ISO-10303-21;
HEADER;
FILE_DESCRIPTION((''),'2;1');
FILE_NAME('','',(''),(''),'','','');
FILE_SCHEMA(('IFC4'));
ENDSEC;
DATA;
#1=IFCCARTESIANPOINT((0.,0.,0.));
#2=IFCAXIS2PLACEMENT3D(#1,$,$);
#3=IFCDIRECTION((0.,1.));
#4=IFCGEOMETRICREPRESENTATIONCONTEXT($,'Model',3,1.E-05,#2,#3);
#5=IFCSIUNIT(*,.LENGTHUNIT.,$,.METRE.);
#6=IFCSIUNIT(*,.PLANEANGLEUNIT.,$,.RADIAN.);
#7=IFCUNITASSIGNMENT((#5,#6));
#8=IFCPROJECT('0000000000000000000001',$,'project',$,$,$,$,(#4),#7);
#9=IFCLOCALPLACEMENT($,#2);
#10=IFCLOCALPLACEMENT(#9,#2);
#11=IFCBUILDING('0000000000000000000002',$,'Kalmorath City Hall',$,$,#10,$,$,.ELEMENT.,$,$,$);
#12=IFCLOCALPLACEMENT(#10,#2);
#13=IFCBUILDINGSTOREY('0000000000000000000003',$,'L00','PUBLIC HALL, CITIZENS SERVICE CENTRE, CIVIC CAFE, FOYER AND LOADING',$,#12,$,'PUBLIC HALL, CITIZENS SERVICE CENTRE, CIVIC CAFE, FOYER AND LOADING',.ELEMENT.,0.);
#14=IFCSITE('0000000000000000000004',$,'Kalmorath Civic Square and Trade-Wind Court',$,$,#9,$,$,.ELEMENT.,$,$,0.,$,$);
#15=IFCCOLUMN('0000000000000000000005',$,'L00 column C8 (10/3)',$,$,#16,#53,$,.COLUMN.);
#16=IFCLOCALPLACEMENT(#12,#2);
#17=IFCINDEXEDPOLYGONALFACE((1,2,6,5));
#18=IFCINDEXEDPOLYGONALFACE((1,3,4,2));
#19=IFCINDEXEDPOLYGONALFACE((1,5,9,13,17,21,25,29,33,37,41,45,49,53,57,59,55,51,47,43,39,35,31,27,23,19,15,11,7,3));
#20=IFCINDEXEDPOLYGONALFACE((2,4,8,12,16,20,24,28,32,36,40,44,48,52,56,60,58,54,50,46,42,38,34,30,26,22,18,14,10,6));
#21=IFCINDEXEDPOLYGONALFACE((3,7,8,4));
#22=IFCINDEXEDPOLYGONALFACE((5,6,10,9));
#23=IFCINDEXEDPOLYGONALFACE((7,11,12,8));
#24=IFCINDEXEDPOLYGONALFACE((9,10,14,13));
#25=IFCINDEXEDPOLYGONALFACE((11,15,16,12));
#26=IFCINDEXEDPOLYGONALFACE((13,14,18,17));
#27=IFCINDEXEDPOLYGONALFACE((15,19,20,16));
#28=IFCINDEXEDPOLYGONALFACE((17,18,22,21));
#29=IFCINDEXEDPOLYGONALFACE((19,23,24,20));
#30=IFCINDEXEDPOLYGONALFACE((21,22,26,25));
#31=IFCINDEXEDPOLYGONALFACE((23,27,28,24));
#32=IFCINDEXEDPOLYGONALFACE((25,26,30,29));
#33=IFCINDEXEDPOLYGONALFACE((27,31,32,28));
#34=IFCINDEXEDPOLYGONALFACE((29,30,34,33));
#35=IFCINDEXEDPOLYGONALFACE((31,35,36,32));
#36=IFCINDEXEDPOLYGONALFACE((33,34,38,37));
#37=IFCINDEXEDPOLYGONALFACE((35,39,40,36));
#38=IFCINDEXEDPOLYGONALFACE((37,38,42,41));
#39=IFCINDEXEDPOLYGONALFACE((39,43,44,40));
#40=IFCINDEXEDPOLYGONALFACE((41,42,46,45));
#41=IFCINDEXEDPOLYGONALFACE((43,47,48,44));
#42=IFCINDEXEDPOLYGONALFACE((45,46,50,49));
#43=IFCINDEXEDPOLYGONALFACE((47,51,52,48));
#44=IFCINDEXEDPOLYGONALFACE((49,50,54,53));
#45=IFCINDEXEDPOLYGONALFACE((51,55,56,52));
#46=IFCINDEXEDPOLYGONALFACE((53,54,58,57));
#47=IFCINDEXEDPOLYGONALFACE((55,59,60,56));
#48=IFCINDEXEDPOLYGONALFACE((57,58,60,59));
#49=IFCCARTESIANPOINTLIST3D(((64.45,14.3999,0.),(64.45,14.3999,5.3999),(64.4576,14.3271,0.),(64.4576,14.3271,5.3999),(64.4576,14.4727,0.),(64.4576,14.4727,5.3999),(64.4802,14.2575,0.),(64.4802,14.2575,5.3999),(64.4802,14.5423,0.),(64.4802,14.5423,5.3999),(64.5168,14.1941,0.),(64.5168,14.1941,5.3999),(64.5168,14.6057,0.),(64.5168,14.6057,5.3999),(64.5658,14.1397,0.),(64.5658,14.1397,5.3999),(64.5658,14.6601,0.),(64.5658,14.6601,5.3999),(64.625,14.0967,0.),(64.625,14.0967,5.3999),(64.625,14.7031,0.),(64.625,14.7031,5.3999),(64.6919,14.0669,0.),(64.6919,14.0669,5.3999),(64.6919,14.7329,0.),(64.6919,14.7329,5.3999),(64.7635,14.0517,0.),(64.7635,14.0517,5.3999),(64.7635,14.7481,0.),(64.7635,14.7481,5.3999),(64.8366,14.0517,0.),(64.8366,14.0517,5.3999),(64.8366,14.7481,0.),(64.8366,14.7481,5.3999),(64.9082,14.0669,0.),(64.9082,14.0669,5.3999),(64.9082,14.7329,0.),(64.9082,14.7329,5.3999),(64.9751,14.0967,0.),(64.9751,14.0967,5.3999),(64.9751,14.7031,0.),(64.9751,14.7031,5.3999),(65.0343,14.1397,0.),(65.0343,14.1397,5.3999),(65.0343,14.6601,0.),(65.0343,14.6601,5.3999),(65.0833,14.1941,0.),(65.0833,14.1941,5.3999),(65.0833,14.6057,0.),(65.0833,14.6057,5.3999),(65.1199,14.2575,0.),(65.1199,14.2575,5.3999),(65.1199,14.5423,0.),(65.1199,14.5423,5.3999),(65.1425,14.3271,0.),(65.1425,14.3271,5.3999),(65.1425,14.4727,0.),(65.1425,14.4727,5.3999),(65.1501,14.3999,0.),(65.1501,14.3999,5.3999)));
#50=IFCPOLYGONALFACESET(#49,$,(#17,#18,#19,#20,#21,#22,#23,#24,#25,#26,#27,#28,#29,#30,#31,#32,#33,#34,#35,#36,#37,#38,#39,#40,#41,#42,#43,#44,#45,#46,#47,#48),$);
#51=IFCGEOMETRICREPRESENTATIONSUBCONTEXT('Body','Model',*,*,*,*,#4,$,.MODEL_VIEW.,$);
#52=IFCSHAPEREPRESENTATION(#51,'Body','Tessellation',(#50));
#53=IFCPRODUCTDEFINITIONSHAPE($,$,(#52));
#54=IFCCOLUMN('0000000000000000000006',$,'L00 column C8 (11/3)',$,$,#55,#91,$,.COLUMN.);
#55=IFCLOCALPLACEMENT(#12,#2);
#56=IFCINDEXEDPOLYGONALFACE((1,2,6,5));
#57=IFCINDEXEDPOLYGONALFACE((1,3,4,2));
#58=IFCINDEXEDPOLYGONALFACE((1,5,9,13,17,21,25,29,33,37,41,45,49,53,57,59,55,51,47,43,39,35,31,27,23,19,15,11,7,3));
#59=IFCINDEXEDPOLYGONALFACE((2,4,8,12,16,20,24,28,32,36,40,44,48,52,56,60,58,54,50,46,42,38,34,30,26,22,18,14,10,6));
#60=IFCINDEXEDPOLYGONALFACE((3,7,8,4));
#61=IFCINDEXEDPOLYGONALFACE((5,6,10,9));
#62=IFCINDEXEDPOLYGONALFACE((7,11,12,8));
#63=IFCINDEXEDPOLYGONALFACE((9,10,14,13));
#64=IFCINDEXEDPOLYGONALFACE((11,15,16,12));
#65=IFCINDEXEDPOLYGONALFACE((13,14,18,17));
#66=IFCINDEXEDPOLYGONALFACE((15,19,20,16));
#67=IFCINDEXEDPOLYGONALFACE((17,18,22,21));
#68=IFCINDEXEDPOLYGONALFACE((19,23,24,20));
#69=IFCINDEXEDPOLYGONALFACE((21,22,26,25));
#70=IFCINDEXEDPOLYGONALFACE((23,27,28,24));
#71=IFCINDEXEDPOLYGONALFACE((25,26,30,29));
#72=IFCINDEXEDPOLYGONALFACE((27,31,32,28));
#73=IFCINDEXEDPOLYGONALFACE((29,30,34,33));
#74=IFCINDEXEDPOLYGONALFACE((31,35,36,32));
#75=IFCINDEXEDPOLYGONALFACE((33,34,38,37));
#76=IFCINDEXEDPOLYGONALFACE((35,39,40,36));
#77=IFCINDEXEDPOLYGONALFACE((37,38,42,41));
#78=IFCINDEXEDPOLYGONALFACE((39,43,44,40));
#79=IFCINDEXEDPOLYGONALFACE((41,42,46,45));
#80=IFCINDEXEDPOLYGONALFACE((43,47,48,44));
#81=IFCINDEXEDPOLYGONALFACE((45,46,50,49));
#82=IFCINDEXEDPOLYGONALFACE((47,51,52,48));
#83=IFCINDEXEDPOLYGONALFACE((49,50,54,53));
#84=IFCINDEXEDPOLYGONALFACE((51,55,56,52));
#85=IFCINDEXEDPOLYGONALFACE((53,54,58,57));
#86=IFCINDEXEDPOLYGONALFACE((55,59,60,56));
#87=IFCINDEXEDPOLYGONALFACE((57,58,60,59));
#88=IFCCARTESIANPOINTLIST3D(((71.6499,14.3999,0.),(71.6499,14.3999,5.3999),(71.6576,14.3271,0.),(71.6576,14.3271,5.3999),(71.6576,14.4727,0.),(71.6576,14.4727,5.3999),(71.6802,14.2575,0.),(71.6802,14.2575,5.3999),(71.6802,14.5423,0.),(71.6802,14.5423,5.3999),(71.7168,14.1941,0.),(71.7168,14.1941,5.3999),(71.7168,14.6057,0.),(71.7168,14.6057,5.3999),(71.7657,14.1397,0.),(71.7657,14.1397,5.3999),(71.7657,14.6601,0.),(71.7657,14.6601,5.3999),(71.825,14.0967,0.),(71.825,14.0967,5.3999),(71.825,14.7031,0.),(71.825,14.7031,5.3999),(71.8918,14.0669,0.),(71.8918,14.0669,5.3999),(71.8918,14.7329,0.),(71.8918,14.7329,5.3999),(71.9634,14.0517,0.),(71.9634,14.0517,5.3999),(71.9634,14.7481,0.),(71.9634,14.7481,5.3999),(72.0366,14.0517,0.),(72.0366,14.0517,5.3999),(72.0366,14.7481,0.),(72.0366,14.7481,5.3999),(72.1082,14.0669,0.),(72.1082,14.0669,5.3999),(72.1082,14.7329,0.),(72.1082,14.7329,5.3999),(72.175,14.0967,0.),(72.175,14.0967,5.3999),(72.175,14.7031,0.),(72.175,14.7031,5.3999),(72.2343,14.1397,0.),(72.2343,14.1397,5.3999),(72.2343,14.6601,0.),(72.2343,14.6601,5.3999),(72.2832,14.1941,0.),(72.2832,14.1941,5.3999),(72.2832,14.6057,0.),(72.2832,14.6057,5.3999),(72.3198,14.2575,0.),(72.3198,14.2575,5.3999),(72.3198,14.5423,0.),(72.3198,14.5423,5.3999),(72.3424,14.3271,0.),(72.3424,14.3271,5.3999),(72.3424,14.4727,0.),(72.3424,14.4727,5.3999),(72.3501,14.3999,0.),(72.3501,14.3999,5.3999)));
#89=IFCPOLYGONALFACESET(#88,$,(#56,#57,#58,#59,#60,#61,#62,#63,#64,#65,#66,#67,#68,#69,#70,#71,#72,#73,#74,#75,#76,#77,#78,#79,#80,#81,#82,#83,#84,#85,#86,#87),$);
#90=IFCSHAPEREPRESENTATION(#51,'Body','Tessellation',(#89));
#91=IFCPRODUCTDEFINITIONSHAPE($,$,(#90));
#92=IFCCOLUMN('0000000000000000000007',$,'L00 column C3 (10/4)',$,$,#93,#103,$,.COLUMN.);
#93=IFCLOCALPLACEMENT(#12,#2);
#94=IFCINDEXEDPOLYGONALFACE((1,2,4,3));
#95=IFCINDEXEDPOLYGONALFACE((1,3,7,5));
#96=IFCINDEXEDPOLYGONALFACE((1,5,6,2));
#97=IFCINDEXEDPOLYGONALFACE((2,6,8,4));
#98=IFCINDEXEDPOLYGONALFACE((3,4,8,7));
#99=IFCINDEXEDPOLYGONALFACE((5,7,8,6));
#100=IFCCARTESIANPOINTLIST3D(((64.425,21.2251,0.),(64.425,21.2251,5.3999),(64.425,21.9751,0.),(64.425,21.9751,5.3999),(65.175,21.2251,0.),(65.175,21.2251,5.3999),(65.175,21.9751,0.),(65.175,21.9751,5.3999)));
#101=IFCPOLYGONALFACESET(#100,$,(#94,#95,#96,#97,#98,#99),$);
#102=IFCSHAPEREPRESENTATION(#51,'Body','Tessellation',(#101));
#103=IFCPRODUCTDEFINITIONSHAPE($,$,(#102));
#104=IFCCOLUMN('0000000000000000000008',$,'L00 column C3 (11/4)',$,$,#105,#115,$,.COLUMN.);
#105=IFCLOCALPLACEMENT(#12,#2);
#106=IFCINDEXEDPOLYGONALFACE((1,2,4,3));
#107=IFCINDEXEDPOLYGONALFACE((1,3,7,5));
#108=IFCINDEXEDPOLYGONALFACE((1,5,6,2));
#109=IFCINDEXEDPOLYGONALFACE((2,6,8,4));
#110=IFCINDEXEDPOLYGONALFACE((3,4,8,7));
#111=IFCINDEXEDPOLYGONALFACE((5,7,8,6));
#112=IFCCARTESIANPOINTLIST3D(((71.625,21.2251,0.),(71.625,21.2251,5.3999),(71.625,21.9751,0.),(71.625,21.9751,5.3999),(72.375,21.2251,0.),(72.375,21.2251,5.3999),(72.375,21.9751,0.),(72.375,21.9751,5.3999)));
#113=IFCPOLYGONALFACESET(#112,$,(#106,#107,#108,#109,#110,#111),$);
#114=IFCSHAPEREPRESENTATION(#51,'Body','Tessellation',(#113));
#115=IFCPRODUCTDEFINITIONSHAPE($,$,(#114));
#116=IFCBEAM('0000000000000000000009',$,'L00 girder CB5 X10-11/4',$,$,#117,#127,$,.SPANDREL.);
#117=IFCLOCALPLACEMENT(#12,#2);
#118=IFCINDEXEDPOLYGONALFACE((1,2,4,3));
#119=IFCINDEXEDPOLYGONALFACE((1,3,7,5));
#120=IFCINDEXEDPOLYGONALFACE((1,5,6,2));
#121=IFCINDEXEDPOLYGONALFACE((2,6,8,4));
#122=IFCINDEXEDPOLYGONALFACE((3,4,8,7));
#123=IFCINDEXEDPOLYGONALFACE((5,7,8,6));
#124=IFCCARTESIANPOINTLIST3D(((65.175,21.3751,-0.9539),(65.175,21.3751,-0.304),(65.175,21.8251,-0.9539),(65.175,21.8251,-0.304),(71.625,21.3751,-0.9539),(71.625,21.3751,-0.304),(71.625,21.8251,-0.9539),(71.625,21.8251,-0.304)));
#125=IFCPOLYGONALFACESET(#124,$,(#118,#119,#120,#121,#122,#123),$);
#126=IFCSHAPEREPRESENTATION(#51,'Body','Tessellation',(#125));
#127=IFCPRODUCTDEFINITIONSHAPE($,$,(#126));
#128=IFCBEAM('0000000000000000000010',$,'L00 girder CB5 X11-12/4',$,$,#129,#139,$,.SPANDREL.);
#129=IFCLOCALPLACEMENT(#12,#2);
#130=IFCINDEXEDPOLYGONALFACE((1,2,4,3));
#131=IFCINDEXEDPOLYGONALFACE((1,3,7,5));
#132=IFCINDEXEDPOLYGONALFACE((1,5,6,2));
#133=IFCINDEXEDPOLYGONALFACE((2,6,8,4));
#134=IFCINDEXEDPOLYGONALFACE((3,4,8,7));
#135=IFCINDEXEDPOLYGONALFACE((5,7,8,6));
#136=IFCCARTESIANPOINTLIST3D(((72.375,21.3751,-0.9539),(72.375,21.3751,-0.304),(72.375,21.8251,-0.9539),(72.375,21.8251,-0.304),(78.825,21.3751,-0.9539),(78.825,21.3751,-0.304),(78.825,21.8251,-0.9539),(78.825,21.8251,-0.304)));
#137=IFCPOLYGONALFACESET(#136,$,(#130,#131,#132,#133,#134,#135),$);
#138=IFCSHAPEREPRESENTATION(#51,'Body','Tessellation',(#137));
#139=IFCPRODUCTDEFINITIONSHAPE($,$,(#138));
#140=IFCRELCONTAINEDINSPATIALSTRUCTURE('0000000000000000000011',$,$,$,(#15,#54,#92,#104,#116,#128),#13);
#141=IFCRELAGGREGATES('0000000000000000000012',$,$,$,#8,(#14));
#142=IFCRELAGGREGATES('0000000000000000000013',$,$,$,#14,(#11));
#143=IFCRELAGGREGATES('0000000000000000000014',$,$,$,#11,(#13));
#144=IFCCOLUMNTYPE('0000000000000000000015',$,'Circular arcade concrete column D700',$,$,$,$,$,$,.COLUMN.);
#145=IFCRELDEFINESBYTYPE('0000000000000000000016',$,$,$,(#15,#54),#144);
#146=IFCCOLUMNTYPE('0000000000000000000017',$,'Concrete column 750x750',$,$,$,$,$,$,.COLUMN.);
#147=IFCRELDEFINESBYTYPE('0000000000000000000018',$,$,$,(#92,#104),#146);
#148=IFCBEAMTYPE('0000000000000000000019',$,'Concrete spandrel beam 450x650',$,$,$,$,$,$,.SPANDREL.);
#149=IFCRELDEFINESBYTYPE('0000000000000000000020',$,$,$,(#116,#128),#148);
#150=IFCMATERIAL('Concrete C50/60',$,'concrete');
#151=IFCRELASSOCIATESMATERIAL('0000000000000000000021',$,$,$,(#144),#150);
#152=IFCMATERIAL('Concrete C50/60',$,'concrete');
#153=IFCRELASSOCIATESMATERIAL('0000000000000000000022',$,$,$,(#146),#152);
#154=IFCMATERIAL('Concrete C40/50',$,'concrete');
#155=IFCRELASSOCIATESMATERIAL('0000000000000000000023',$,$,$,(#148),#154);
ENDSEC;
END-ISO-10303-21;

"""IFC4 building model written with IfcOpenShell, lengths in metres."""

from ifc_helpers import new_model, si_unit, direction, frame, origin, origin_2d, place, context, subcontext, project, spatial, rectangle, circle, extrude, material, material_profile, profile_set, type_object, element, save


model = new_model("IFC4")

# Units and contexts
model_context = context("Model", 3, precision=1e-05, world=origin(), true_north=direction((0.0, 1.0)))
body_context = subcontext(model_context, "Body", "Model", "MODEL_VIEW")
ifc_project = project(units=[si_unit("LENGTHUNIT", "METRE"), si_unit("PLANEANGLEUNIT", "RADIAN")], contexts=[model_context])

# Site, building, storey
site_placement = place(None, origin())
site = spatial("IfcSite", under=ifc_project, at=site_placement, Name="Kalmorath Civic Square and Trade-Wind Court", CompositionType="ELEMENT", RefElevation=0.0)
building_placement = place(site_placement, origin())
building = spatial("IfcBuilding", under=site, at=building_placement, Name="Kalmorath City Hall", CompositionType="ELEMENT")
storey_placement = place(building_placement, origin())
storey = spatial("IfcBuildingStorey", under=building, at=storey_placement, Name="L00", Description="PUBLIC HALL, CITIZENS SERVICE CENTRE, CIVIC CAFE, FOYER AND LOADING", LongName="PUBLIC HALL, CITIZENS SERVICE CENTRE, CIVIC CAFE, FOYER AND LOADING", CompositionType="ELEMENT", Elevation=0.0)

# Columns
ifc_material_1 = material(Name="Concrete C50/60", Category="concrete")
ifc_material_profile_1 = material_profile(ifc_material_1, circle(Radius=0.3501, at=origin_2d()), Name="RC-COL-D700")
ifc_profile_set_1 = profile_set([ifc_material_profile_1], Name="Concrete C50/60")
column_type_1 = type_object("IfcColumnType", Name="Circular arcade concrete column D700", PredefinedType="COLUMN", material=ifc_profile_set_1)
for number, where, z_axis, x_axis, name in (
    (1, (64.8, 14.3999, 0.0), (0.0, 0.0, 1.0), (1.0, 0.0, 0.0), "L00 column C8 (10/3)"),
    (2, (72.0, 14.3999, 0.0), (0.0, 0.0, 1.0), (1.0, 0.0, 0.0), "L00 column C8 (11/3)"),
):
    element("IfcColumn", number, at=place(storey_placement, frame(where, z_axis=z_axis, x_axis=x_axis)), inside=storey, type_object=column_type_1, Name=name, PredefinedType="COLUMN", context=body_context, shape_type="SweptSolid", body=[
        extrude(circle(Radius=0.3501, at=origin_2d()), origin(), (0.0, 0.0, 1.0), 5.3999),
    ])
ifc_material_2 = material(Name="Concrete C50/60", Category="concrete")
ifc_material_profile_2 = material_profile(ifc_material_2, rectangle(XDim=0.75, YDim=0.75, at=origin_2d()), Name="RC-COL-750X750")
ifc_profile_set_2 = profile_set([ifc_material_profile_2], Name="Concrete C50/60")
column_type_2 = type_object("IfcColumnType", Name="Concrete column 750x750", PredefinedType="COLUMN", material=ifc_profile_set_2)
for number, where, z_axis, x_axis, name in (
    (3, (64.8, 21.6001, 0.0), (0.0, 0.0, 1.0), (1.0, 0.0, 0.0), "L00 column C3 (10/4)"),
    (4, (72.0, 21.6001, 0.0), (0.0, 0.0, 1.0), (1.0, 0.0, 0.0), "L00 column C3 (11/4)"),
):
    element("IfcColumn", number, at=place(storey_placement, frame(where, z_axis=z_axis, x_axis=x_axis)), inside=storey, type_object=column_type_2, Name=name, PredefinedType="COLUMN", context=body_context, shape_type="SweptSolid", body=[
        extrude(rectangle(XDim=0.75, YDim=0.75, at=origin_2d()), origin(), (0.0, 0.0, 1.0), 5.3999),
    ])

# Beams
ifc_material_3 = material(Name="Concrete C40/50", Category="concrete")
ifc_material_profile_3 = material_profile(ifc_material_3, rectangle(XDim=0.45, YDim=0.6499, at=origin_2d()), Name="RC-BM-450X650")
ifc_profile_set_3 = profile_set([ifc_material_profile_3], Name="Concrete C40/50")
beam_type = type_object("IfcBeamType", Name="Concrete spandrel beam 450x650", PredefinedType="SPANDREL", material=ifc_profile_set_3)
for number, where, z_axis, x_axis, name in (
    (5, (65.175, 21.6001, -0.6289), (1.0, 0.0, 0.0), (0.0, 1.0, 0.0), "L00 girder CB5 X10-11/4"),
    (6, (72.375, 21.6001, -0.6289), (1.0, 0.0, 0.0), (0.0, 1.0, 0.0), "L00 girder CB5 X11-12/4"),
):
    element("IfcBeam", number, at=place(storey_placement, frame(where, z_axis=z_axis, x_axis=x_axis)), inside=storey, type_object=beam_type, Name=name, PredefinedType="SPANDREL", context=body_context, shape_type="SweptSolid", body=[
        extrude(rectangle(XDim=0.45, YDim=0.6499, at=origin_2d()), origin(), (0.0, 0.0, 1.0), 6.45),
    ])

save(model, "model.ifc")
